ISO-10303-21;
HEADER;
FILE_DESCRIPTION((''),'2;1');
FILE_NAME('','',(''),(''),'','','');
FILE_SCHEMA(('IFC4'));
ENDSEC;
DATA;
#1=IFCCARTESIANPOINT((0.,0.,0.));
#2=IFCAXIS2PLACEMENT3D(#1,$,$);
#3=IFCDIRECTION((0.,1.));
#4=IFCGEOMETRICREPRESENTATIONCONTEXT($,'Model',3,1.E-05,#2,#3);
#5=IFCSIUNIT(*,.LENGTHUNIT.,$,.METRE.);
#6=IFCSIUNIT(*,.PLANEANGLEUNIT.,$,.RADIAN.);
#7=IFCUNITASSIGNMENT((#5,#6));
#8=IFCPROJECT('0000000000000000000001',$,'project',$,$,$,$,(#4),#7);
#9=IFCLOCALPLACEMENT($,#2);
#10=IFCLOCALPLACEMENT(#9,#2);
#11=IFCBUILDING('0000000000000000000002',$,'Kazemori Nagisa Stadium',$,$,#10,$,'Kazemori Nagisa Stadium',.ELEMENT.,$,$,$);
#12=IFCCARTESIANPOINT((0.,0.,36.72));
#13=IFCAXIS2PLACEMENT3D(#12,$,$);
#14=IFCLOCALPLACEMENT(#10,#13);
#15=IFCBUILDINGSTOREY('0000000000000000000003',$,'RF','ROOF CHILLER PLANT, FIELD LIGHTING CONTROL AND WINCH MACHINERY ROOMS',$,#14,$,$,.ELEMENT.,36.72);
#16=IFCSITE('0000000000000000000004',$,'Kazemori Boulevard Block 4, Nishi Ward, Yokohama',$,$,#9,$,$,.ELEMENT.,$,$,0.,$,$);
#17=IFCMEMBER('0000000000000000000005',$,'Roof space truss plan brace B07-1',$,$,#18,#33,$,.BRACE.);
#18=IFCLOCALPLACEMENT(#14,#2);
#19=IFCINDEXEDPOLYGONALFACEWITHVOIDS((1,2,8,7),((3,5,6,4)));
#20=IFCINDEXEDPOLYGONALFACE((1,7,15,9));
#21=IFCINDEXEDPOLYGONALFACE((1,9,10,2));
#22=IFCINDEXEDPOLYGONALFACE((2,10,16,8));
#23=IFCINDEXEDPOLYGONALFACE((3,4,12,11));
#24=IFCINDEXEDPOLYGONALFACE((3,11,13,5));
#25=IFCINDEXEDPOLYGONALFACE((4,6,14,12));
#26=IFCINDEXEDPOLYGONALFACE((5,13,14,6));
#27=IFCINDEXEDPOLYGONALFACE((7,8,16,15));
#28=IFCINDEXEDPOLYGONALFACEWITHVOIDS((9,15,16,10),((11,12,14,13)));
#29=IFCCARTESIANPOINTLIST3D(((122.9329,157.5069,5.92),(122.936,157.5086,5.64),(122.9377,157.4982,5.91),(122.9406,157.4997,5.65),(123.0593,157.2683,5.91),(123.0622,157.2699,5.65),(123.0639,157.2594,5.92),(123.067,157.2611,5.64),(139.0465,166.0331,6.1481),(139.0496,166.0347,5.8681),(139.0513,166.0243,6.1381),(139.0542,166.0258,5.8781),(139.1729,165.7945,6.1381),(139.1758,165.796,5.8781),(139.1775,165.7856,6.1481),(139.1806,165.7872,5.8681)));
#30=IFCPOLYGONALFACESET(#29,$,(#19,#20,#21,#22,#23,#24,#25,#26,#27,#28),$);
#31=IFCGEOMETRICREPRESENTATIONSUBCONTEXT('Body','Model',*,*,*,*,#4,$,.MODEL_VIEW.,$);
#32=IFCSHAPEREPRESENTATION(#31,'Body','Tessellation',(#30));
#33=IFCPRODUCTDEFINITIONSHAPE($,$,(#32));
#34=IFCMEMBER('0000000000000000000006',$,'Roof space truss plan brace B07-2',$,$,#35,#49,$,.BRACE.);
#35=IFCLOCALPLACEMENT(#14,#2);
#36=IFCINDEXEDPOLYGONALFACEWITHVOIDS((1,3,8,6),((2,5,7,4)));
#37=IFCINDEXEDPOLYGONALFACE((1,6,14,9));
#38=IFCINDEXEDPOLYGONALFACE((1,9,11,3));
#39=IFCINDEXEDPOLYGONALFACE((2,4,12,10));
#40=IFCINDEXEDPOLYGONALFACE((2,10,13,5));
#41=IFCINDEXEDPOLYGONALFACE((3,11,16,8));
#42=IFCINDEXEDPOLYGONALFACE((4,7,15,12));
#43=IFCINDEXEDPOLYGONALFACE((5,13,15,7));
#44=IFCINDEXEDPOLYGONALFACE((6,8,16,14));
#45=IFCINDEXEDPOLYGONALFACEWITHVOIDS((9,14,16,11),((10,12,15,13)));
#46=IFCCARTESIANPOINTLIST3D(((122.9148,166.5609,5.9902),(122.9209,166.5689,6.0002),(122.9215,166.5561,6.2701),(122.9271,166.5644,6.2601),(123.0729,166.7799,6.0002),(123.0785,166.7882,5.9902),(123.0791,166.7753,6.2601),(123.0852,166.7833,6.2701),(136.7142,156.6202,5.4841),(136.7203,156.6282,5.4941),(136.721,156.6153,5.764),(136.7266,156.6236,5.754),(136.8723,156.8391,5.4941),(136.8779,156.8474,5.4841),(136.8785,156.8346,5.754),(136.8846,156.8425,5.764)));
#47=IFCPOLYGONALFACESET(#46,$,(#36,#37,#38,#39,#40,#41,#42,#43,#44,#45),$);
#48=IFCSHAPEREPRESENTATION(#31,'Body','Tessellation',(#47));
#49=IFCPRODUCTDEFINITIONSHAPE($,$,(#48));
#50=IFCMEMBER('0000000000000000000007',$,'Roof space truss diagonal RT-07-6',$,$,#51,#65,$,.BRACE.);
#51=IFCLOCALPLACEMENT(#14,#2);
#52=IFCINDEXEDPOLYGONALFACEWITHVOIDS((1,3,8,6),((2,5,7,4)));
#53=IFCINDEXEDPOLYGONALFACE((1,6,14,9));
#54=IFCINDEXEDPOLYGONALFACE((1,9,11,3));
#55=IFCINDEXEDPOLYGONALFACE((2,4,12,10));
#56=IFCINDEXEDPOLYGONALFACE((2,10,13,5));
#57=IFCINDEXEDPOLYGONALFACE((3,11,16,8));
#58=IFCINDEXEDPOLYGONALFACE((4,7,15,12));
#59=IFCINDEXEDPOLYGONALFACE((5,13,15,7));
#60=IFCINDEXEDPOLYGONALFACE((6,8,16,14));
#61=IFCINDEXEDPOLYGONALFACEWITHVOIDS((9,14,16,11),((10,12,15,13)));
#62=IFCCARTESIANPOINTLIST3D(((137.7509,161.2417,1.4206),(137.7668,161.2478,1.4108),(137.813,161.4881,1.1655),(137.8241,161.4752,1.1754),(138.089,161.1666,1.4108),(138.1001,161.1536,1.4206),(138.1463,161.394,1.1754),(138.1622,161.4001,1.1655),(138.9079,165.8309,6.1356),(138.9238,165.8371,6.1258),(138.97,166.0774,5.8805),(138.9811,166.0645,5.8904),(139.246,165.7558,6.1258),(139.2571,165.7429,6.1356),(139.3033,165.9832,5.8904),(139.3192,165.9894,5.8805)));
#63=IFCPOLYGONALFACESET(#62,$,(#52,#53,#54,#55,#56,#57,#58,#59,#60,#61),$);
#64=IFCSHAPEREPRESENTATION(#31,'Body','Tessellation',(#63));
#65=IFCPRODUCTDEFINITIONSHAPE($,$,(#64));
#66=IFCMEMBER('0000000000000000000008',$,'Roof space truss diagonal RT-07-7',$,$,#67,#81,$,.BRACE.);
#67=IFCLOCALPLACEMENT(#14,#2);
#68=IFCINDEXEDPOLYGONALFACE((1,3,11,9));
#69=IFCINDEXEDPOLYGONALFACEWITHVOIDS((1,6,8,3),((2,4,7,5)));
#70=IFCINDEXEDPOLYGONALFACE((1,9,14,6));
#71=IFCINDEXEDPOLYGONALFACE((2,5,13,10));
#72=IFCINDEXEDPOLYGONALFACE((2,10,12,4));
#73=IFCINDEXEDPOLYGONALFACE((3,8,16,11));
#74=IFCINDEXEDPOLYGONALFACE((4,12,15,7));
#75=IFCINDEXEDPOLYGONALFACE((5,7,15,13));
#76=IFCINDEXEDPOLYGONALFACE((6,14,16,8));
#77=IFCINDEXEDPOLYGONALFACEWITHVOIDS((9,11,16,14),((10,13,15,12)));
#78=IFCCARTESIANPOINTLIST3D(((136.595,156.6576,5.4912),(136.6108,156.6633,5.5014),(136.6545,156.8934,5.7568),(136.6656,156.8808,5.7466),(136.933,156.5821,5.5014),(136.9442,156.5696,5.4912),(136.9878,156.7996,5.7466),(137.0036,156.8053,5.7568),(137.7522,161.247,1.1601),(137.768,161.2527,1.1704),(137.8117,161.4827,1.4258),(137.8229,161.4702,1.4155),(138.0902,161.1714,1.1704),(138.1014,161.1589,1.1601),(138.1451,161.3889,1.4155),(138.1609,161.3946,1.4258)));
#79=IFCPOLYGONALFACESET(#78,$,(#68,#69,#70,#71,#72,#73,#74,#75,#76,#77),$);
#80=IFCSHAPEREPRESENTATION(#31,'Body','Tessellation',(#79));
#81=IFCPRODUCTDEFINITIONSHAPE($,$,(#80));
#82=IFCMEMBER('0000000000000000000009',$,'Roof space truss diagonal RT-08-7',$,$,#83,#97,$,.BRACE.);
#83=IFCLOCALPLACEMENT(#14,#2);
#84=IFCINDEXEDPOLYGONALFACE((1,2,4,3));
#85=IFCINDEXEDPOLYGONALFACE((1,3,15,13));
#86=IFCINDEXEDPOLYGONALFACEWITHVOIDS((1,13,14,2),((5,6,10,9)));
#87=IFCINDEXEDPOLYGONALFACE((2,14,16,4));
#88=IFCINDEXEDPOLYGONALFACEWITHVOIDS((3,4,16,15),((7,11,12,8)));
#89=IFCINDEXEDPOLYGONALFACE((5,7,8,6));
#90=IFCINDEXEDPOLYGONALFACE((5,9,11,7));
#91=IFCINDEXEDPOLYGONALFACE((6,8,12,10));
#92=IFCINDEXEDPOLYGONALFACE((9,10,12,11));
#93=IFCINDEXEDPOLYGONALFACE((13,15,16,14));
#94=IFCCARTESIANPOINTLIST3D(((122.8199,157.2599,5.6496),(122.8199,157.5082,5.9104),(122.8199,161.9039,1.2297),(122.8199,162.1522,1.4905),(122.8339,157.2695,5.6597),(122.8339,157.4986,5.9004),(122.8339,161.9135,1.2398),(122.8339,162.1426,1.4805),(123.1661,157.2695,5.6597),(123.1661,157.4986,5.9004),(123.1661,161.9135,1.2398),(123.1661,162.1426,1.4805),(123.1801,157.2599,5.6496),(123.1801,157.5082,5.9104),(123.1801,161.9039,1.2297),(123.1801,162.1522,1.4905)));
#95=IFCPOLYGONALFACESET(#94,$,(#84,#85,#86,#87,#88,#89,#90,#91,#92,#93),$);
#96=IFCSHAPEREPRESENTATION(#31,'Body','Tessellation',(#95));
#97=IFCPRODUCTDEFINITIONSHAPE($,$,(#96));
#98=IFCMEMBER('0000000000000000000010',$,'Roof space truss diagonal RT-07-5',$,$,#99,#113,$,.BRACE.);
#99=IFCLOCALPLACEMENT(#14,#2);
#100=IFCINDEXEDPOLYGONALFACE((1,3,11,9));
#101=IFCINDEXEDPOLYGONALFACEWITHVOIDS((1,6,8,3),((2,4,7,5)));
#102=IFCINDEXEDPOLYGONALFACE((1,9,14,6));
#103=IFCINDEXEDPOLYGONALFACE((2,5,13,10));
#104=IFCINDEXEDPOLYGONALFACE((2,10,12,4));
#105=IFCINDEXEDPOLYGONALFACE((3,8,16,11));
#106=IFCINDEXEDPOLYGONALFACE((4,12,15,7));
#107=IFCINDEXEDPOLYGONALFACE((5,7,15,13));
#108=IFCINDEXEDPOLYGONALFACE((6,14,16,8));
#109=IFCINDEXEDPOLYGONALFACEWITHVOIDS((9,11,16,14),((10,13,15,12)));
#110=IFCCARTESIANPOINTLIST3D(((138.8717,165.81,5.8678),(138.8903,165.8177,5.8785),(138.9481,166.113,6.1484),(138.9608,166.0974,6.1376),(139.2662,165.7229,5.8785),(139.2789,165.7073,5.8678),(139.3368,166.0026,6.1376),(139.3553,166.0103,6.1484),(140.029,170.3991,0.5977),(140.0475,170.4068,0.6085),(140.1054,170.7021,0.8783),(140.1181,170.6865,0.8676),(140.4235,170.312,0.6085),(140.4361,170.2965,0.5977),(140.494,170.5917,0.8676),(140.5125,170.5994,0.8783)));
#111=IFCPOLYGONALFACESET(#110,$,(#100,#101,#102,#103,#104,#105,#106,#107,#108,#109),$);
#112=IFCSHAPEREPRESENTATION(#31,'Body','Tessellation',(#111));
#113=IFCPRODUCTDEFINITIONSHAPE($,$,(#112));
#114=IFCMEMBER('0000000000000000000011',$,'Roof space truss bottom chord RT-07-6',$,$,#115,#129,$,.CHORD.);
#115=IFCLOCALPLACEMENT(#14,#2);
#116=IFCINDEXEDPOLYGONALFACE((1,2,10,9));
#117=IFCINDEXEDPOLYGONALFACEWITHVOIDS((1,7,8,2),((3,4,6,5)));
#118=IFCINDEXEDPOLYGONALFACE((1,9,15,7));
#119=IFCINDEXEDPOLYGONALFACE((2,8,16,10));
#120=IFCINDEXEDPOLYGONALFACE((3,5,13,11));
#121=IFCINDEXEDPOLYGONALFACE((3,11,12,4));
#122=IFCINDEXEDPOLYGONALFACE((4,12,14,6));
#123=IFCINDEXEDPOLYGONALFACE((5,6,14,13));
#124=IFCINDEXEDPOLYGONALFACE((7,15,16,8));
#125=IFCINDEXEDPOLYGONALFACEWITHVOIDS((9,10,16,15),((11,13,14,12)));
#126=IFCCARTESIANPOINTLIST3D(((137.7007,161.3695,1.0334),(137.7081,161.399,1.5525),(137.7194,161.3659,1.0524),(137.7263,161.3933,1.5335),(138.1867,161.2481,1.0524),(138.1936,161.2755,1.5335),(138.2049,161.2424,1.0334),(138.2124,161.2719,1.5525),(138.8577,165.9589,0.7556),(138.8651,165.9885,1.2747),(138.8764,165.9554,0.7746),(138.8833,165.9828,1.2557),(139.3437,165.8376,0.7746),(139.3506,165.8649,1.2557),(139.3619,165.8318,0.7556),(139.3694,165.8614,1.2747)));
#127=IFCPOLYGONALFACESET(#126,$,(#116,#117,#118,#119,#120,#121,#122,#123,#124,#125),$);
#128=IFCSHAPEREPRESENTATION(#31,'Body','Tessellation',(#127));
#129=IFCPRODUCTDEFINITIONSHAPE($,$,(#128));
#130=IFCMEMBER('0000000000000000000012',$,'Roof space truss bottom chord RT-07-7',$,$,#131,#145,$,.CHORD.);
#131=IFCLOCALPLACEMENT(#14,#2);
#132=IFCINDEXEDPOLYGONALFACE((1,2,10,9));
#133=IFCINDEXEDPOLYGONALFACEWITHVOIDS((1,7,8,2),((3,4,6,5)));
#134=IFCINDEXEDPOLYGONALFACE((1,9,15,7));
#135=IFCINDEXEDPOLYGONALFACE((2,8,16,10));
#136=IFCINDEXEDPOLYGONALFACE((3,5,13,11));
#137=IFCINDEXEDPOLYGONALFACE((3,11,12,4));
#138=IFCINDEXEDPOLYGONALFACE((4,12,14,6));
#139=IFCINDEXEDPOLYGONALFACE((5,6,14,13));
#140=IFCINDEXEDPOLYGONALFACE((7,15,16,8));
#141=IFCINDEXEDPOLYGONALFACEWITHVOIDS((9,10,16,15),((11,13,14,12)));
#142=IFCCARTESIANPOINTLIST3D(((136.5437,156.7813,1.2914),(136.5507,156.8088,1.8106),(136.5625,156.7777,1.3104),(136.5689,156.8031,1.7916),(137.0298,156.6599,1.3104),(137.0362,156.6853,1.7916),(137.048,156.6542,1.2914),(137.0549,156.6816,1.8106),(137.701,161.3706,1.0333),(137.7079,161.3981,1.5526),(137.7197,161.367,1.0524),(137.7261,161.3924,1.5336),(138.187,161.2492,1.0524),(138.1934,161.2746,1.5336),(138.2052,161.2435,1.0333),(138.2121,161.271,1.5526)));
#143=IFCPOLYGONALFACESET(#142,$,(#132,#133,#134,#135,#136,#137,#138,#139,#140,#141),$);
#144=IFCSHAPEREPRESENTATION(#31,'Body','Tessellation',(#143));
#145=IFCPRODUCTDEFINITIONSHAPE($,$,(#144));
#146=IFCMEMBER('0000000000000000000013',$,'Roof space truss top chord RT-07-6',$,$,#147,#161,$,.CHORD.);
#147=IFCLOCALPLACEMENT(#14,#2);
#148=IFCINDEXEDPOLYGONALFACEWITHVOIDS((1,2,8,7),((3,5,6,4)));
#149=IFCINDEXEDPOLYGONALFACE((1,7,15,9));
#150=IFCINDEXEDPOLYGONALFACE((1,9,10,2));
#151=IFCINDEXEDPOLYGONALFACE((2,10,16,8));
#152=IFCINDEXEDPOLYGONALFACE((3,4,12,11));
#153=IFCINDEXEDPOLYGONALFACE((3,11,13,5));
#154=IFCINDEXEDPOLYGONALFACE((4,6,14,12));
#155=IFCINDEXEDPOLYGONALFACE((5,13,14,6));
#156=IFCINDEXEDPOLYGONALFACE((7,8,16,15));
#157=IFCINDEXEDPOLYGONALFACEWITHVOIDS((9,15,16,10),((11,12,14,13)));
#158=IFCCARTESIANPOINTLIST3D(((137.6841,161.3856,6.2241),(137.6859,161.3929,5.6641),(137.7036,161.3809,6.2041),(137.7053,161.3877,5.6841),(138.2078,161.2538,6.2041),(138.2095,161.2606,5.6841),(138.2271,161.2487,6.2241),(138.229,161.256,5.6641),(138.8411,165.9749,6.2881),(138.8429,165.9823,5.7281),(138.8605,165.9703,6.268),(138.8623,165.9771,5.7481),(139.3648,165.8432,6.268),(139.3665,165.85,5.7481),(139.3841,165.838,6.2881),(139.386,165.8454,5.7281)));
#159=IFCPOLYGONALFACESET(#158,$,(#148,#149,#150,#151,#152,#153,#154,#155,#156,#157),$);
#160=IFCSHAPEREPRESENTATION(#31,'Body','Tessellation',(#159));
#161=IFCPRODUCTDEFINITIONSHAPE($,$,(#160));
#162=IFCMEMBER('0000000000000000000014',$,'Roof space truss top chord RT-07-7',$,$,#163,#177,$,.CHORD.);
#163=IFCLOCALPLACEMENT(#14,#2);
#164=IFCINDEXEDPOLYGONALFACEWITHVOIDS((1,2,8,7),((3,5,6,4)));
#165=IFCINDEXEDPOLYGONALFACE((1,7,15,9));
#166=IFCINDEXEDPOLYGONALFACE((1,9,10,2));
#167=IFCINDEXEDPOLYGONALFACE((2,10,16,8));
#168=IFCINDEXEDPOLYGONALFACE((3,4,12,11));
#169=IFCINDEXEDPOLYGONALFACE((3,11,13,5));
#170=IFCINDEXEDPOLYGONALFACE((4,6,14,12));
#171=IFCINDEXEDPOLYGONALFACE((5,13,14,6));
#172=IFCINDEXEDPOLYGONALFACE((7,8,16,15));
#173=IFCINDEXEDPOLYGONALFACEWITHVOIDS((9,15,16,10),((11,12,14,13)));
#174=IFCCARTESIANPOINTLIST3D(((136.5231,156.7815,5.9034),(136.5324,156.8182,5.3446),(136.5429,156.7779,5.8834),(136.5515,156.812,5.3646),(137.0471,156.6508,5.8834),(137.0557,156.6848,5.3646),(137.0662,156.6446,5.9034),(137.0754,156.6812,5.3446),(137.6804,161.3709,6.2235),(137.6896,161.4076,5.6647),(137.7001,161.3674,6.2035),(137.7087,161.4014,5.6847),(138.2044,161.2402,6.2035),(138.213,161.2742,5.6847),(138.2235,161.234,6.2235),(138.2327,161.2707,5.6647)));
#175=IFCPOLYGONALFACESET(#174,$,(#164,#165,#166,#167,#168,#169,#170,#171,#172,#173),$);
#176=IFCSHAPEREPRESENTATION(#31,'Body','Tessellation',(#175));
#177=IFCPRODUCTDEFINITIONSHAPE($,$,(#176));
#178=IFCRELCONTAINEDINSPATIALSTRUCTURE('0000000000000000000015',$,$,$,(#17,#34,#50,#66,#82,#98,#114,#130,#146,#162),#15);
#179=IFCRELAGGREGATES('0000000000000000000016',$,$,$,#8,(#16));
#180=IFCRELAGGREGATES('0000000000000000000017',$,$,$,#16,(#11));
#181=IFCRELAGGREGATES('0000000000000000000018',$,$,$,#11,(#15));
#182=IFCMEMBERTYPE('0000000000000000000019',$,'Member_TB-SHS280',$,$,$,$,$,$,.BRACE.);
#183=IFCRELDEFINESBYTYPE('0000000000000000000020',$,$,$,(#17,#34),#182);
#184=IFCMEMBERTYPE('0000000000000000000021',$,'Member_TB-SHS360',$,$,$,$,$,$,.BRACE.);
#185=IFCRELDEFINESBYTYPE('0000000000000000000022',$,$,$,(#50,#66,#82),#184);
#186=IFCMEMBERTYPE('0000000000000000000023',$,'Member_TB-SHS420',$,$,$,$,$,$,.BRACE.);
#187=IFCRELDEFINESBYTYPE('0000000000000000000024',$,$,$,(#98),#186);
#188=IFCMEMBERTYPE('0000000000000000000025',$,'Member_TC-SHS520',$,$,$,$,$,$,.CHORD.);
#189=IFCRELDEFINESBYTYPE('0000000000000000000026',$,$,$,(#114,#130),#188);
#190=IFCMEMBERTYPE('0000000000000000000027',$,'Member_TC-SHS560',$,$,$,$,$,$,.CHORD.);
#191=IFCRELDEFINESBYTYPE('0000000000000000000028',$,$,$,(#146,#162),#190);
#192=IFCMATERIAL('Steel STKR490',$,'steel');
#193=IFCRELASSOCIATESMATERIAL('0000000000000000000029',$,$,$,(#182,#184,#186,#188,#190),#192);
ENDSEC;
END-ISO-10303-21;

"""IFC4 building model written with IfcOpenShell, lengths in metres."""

from ifc_helpers import new_model, si_unit, direction, frame, origin, origin_2d, place, context, subcontext, project, spatial, hollow_rectangle, extrude, material, material_profile, profile_set, type_object, element, save


model = new_model("IFC4")

# Units and contexts
model_context = context("Model", 3, precision=1e-05, world=origin(), true_north=direction((0.0, 1.0)))
body_context = subcontext(model_context, "Body", "Model", "MODEL_VIEW")
ifc_project = project(units=[si_unit("LENGTHUNIT", "METRE"), si_unit("PLANEANGLEUNIT", "RADIAN")], contexts=[model_context])

# Site, building, storey
site_placement = place(None, origin())
site = spatial("IfcSite", under=ifc_project, at=site_placement, Name="Kazemori Boulevard Block 4, Nishi Ward, Yokohama", CompositionType="ELEMENT", RefElevation=0.0)
building_placement = place(site_placement, origin())
building = spatial("IfcBuilding", under=site, at=building_placement, Name="Kazemori Nagisa Stadium", LongName="Kazemori Nagisa Stadium", CompositionType="ELEMENT")
storey_placement = place(building_placement, frame((0.0, 0.0, 36.72)))
storey = spatial("IfcBuildingStorey", under=building, at=storey_placement, Name="RF", Description="ROOF CHILLER PLANT, FIELD LIGHTING CONTROL AND WINCH MACHINERY ROOMS", CompositionType="ELEMENT", Elevation=36.72)

# Members
ifc_material_1 = material(Name="Steel STKR490", Category="steel")
ifc_material_profile_1 = material_profile(ifc_material_1, hollow_rectangle(XDim=0.28, YDim=0.28, WallThickness=0.01, at=origin_2d()), Name="SHS-280x280x10")
ifc_profile_set_1 = profile_set([ifc_material_profile_1], Name="Steel STKR490")
member_type_1 = type_object("IfcMemberType", Name="Member_TB-SHS280", PredefinedType="BRACE", material=ifc_profile_set_1)
member_1_placement = place(storey_placement, frame((139.1135, 165.9102, 6.0081), z_axis=(-0.883822, -0.467655, -0.012507), x_axis=(0.467692, -0.883891, 0.0)))
element("IfcMember", 1, at=member_1_placement, inside=storey, type_object=member_type_1, Name="Roof space truss plan brace B07-1", PredefinedType="BRACE", context=body_context, shape_type="SweptSolid", body=[
    extrude(hollow_rectangle(XDim=0.28, YDim=0.28, WallThickness=0.01, at=origin_2d()), origin(), (0.0, 0.0, 1.0), 18.2317),
])
member_2_placement = place(storey_placement, frame((123.0, 166.6721, 6.1301), z_axis=(0.811031, -0.584246, -0.029745), x_axis=(0.584505, 0.81139, 0.0)))
element("IfcMember", 2, at=member_2_placement, inside=storey, type_object=member_type_1, Name="Roof space truss plan brace B07-2", PredefinedType="BRACE", context=body_context, shape_type="SweptSolid", body=[
    extrude(hollow_rectangle(XDim=0.28, YDim=0.28, WallThickness=0.01, at=origin_2d()), origin(), (0.0, 0.0, 1.0), 17.0146),
])
ifc_material_profile_2 = material_profile(ifc_material_1, hollow_rectangle(XDim=0.3601, YDim=0.3601, WallThickness=0.0139, at=origin_2d()), Name="SHS-360x360x14")
ifc_profile_set_2 = profile_set([ifc_material_profile_2], Name="Steel STKR490")
member_type_2 = type_object("IfcMemberType", Name="Member_TB-SHS360", PredefinedType="BRACE", material=ifc_profile_set_2)
member_3_placement = place(storey_placement, frame((139.1135, 165.9102, 6.0081), z_axis=(-0.173181, -0.686949, -0.705769), x_axis=(0.969661, -0.244453, 0.0)))
element("IfcMember", 3, at=member_3_placement, inside=storey, type_object=member_type_2, Name="Roof space truss diagonal RT-07-6", PredefinedType="BRACE", context=body_context, shape_type="SweptSolid", body=[
    extrude(hollow_rectangle(XDim=0.3601, YDim=0.3601, WallThickness=0.0139, at=origin_2d()), origin(), (0.0, 0.0, 1.0), 6.6807),
])
member_4_placement = place(storey_placement, frame((137.9565, 161.3208, 1.293), z_axis=(-0.180378, -0.715348, 0.675086), x_axis=(0.969649, -0.244501, 0.0)))
element("IfcMember", 4, at=member_4_placement, inside=storey, type_object=member_type_2, Name="Roof space truss diagonal RT-07-7", PredefinedType="BRACE", context=body_context, shape_type="SweptSolid", body=[
    extrude(hollow_rectangle(XDim=0.3601, YDim=0.3601, WallThickness=0.0139, at=origin_2d()), origin(), (0.0, 0.0, 1.0), 6.4155),
])
member_5_placement = place(storey_placement, frame((123.0, 162.0281, 1.3601), z_axis=(0.0, -0.72437, 0.689412), x_axis=(1.0, 0.0, 0.0)))
element("IfcMember", 5, at=member_5_placement, inside=storey, type_object=member_type_2, Name="Roof space truss diagonal RT-08-7", PredefinedType="BRACE", context=body_context, shape_type="SweptSolid", body=[
    extrude(hollow_rectangle(XDim=0.3601, YDim=0.3601, WallThickness=0.0139, at=origin_2d()), origin(), (0.0, 0.0, 1.0), 6.4111),
])
ifc_material_profile_3 = material_profile(ifc_material_1, hollow_rectangle(XDim=0.4199, YDim=0.4199, WallThickness=0.0161, at=origin_2d()), Name="SHS-420x420x16")
ifc_profile_set_3 = profile_set([ifc_material_profile_3], Name="Steel STKR490")
member_type_3 = type_object("IfcMemberType", Name="Member_TB-SHS420", PredefinedType="BRACE", material=ifc_profile_set_3)
member_6_placement = place(storey_placement, frame((140.2708, 170.4993, 0.738), z_axis=(-0.163375, -0.647884, 0.744013), x_axis=(0.969646, -0.244514, 0.0)))
element("IfcMember", 6, at=member_6_placement, inside=storey, type_object=member_type_3, Name="Roof space truss diagonal RT-07-5", PredefinedType="BRACE", context=body_context, shape_type="SweptSolid", body=[
    extrude(hollow_rectangle(XDim=0.4199, YDim=0.4199, WallThickness=0.0161, at=origin_2d()), origin(), (0.0, 0.0, 1.0), 7.0833),
])
ifc_material_profile_4 = material_profile(ifc_material_1, hollow_rectangle(XDim=0.52, YDim=0.52, WallThickness=0.019, at=origin_2d()), Name="SHS-520x520x19")
ifc_profile_set_4 = profile_set([ifc_material_profile_4], Name="Steel STKR490")
member_type_4 = type_object("IfcMemberType", Name="Member_TC-SHS520", PredefinedType="CHORD", material=ifc_profile_set_4)
member_7_placement = place(storey_placement, frame((139.1135, 165.9102, 1.0151), z_axis=(-0.244033, -0.967995, 0.058601), x_axis=(0.969661, -0.244453, 0.0)))
element("IfcMember", 7, at=member_7_placement, inside=storey, type_object=member_type_4, Name="Roof space truss bottom chord RT-07-6", PredefinedType="CHORD", context=body_context, shape_type="SweptSolid", body=[
    extrude(hollow_rectangle(XDim=0.52, YDim=0.52, WallThickness=0.019, at=origin_2d()), origin(), (0.0, 0.0, 1.0), 4.7412),
])
member_8_placement = place(storey_placement, frame((137.9565, 161.3208, 1.293), z_axis=(-0.244139, -0.968211, 0.054442), x_axis=(0.969649, -0.244501, 0.0)))
element("IfcMember", 8, at=member_8_placement, inside=storey, type_object=member_type_4, Name="Roof space truss bottom chord RT-07-7", PredefinedType="CHORD", context=body_context, shape_type="SweptSolid", body=[
    extrude(hollow_rectangle(XDim=0.52, YDim=0.52, WallThickness=0.019, at=origin_2d()), origin(), (0.0, 0.0, 1.0), 4.74),
])
ifc_material_profile_5 = material_profile(ifc_material_1, hollow_rectangle(XDim=0.5601, YDim=0.5601, WallThickness=0.02, at=origin_2d()), Name="SHS-560x560x20")
ifc_profile_set_5 = profile_set([ifc_material_profile_5], Name="Steel STKR490")
member_type_5 = type_object("IfcMemberType", Name="Member_TC-SHS560", PredefinedType="CHORD", material=ifc_profile_set_5)
member_9_placement = place(storey_placement, frame((139.1135, 165.9102, 6.0081), z_axis=(-0.244431, -0.969573, -0.013514), x_axis=(0.969661, -0.244453, 0.0)))
element("IfcMember", 9, at=member_9_placement, inside=storey, type_object=member_type_5, Name="Roof space truss top chord RT-07-6", PredefinedType="CHORD", context=body_context, shape_type="SweptSolid", body=[
    extrude(hollow_rectangle(XDim=0.5601, YDim=0.5601, WallThickness=0.02, at=origin_2d()), origin(), (0.0, 0.0, 1.0), 4.7334),
])
member_10_placement = place(storey_placement, frame((137.9565, 161.3208, 5.9441), z_axis=(-0.243944, -0.967439, -0.067471), x_axis=(0.969649, -0.244501, 0.0)))
element("IfcMember", 10, at=member_10_placement, inside=storey, type_object=member_type_5, Name="Roof space truss top chord RT-07-7", PredefinedType="CHORD", context=body_context, shape_type="SweptSolid", body=[
    extrude(hollow_rectangle(XDim=0.5601, YDim=0.5601, WallThickness=0.02, at=origin_2d()), origin(), (0.0, 0.0, 1.0), 4.7439),
])

save(model, "model.ifc")
